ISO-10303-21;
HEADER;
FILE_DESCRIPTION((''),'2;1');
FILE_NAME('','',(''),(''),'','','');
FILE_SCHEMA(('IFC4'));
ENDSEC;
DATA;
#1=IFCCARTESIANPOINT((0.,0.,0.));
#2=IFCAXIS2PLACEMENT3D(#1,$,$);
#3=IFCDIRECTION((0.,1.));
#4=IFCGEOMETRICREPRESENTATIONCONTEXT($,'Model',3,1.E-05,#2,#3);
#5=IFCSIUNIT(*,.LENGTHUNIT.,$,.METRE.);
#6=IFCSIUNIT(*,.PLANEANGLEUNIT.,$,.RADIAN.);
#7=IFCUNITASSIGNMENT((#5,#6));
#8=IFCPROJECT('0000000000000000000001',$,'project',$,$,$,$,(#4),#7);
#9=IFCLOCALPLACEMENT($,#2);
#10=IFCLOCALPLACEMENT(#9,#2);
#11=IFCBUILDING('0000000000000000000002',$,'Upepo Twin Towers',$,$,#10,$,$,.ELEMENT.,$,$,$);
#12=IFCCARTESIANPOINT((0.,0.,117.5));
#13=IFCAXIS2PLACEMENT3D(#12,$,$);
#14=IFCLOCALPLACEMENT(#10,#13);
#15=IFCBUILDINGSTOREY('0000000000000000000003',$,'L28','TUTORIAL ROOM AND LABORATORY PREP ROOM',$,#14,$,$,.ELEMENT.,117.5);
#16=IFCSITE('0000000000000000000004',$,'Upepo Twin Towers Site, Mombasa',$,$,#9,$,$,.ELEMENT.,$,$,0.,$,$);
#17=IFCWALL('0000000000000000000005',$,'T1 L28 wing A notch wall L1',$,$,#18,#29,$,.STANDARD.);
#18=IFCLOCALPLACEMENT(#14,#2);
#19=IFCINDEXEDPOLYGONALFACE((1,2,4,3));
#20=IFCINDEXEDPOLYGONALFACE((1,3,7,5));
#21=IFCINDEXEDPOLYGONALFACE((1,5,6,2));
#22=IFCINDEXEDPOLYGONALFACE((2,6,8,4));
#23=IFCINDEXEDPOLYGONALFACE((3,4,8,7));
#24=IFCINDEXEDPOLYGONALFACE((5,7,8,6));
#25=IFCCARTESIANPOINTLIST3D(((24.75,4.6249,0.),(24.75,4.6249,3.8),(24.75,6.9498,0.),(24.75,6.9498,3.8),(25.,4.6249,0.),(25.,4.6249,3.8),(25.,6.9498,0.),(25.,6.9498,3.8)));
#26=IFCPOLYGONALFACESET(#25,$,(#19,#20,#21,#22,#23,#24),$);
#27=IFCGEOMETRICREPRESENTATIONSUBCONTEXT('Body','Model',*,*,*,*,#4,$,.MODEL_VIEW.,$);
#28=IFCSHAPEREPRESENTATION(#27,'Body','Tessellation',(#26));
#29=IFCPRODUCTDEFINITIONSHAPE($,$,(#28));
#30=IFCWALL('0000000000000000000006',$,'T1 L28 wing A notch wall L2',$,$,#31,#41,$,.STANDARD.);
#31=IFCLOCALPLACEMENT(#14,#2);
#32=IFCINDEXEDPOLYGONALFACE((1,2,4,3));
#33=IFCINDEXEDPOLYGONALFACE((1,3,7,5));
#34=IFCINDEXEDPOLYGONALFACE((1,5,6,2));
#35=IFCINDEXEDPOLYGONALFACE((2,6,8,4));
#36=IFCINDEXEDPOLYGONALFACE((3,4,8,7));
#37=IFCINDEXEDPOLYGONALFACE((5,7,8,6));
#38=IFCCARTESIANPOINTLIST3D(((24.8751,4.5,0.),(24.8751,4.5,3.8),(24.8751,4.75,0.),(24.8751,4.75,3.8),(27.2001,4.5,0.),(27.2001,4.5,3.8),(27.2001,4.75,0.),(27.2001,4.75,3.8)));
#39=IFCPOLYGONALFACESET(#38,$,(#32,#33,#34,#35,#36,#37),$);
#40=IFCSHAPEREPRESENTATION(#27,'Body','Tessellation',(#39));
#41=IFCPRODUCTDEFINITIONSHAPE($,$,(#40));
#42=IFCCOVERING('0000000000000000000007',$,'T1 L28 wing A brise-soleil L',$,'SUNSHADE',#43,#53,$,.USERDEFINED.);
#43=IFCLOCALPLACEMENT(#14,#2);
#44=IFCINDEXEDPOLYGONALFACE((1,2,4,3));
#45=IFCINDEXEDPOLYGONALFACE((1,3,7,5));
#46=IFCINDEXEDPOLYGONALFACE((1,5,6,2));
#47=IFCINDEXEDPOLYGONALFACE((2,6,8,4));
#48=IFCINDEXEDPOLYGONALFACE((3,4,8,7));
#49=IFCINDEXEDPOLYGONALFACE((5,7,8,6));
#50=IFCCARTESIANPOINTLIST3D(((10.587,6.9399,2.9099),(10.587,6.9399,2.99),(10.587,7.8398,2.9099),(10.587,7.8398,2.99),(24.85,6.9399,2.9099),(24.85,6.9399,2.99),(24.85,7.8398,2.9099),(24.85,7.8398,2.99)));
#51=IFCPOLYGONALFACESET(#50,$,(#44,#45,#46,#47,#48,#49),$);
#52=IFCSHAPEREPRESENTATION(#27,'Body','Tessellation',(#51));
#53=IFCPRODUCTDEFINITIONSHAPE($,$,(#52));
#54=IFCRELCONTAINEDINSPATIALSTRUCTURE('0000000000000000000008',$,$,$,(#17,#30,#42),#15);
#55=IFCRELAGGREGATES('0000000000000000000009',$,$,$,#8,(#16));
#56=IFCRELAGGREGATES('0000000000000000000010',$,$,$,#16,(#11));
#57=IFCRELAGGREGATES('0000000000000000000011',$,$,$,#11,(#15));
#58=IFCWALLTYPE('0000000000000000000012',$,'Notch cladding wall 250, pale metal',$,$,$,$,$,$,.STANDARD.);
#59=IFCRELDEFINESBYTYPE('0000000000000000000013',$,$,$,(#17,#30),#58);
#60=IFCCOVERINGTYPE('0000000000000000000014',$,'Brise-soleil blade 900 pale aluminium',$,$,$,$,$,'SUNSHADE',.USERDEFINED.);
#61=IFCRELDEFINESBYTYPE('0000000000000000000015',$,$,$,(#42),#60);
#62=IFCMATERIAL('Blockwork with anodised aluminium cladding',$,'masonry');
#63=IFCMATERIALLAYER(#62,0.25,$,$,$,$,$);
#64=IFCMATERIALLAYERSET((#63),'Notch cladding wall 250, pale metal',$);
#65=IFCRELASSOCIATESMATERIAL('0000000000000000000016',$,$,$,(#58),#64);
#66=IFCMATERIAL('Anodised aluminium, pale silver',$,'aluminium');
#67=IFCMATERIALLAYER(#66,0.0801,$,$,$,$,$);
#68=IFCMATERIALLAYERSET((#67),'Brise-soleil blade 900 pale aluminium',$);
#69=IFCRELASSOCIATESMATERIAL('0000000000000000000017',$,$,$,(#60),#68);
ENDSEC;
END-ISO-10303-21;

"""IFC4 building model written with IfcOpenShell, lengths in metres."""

from ifc_helpers import new_model, si_unit, direction, frame, frame_2d, origin, origin_2d, place, context, subcontext, project, spatial, rectangle, extrude, material, layer, layer_set, type_object, element, save


model = new_model("IFC4")

# Units and contexts
model_context = context("Model", 3, precision=1e-05, world=origin(), true_north=direction((0.0, 1.0)))
body_context = subcontext(model_context, "Body", "Model", "MODEL_VIEW")
ifc_project = project(units=[si_unit("LENGTHUNIT", "METRE"), si_unit("PLANEANGLEUNIT", "RADIAN")], contexts=[model_context])

# Site, building, storey
site_placement = place(None, origin())
site = spatial("IfcSite", under=ifc_project, at=site_placement, Name="Upepo Twin Towers Site, Mombasa", CompositionType="ELEMENT", RefElevation=0.0)
building_placement = place(site_placement, origin())
building = spatial("IfcBuilding", under=site, at=building_placement, Name="Upepo Twin Towers", CompositionType="ELEMENT")
storey_placement = place(building_placement, frame((0.0, 0.0, 117.5)))
storey = spatial("IfcBuildingStorey", under=building, at=storey_placement, Name="L28", Description="TUTORIAL ROOM AND LABORATORY PREP ROOM", CompositionType="ELEMENT", Elevation=117.5)

# Walls
ifc_material_1 = material(Name="Blockwork with anodised aluminium cladding", Category="masonry")
ifc_layer_1 = layer(ifc_material_1, 0.25)
ifc_layer_set_1 = layer_set([ifc_layer_1], Name="Notch cladding wall 250, pale metal")
wall_type_1 = type_object("IfcWallType", Name="Notch cladding wall 250, pale metal", PredefinedType="STANDARD", material=ifc_layer_set_1)
for number, where, z_axis, x_axis, name in (
    (1, (24.875, 6.95, 0.0), (0.0, 0.0, 1.0), (0.0, -1.0, 0.0), "T1 L28 wing A notch wall L1"),
    (2, (24.875, 4.625, 0.0), (0.0, 0.0, 1.0), (1.0, 0.0, 0.0), "T1 L28 wing A notch wall L2"),
):
    element("IfcWall", number, at=place(storey_placement, frame(where, z_axis=z_axis, x_axis=x_axis)), inside=storey, type_object=wall_type_1, Name=name, PredefinedType="STANDARD", context=body_context, shape_type="SweptSolid", body=[
        extrude(rectangle(XDim=2.325, YDim=0.25, at=frame_2d((1.1626, 0.0))), origin(), (0.0, 0.0, 1.0), 3.8),
    ])

# Covering
ifc_material_2 = material(Name="Anodised aluminium, pale silver", Category="aluminium")
ifc_layer_2 = layer(ifc_material_2, 0.0801)
ifc_layer_set_2 = layer_set([ifc_layer_2], Name="Brise-soleil blade 900 pale aluminium")
covering_type = type_object("IfcCoveringType", Name="Brise-soleil blade 900 pale aluminium", ElementType="SUNSHADE", PredefinedType="USERDEFINED", material=ifc_layer_set_2)
covering_placement = place(storey_placement, frame((17.7185, 7.3899, 2.9099), z_axis=(0.0, 0.0, 1.0), x_axis=(1.0, 0.0, 0.0)))
element("IfcCovering", 3, at=covering_placement, inside=storey, type_object=covering_type, Name="T1 L28 wing A brise-soleil L", ObjectType="SUNSHADE", PredefinedType="USERDEFINED", context=body_context, shape_type="SweptSolid", body=[
    extrude(rectangle(XDim=14.2629, YDim=0.8999, at=origin_2d()), origin(), (0.0, 0.0, 1.0), 0.0801),
])

save(model, "model.ifc")
